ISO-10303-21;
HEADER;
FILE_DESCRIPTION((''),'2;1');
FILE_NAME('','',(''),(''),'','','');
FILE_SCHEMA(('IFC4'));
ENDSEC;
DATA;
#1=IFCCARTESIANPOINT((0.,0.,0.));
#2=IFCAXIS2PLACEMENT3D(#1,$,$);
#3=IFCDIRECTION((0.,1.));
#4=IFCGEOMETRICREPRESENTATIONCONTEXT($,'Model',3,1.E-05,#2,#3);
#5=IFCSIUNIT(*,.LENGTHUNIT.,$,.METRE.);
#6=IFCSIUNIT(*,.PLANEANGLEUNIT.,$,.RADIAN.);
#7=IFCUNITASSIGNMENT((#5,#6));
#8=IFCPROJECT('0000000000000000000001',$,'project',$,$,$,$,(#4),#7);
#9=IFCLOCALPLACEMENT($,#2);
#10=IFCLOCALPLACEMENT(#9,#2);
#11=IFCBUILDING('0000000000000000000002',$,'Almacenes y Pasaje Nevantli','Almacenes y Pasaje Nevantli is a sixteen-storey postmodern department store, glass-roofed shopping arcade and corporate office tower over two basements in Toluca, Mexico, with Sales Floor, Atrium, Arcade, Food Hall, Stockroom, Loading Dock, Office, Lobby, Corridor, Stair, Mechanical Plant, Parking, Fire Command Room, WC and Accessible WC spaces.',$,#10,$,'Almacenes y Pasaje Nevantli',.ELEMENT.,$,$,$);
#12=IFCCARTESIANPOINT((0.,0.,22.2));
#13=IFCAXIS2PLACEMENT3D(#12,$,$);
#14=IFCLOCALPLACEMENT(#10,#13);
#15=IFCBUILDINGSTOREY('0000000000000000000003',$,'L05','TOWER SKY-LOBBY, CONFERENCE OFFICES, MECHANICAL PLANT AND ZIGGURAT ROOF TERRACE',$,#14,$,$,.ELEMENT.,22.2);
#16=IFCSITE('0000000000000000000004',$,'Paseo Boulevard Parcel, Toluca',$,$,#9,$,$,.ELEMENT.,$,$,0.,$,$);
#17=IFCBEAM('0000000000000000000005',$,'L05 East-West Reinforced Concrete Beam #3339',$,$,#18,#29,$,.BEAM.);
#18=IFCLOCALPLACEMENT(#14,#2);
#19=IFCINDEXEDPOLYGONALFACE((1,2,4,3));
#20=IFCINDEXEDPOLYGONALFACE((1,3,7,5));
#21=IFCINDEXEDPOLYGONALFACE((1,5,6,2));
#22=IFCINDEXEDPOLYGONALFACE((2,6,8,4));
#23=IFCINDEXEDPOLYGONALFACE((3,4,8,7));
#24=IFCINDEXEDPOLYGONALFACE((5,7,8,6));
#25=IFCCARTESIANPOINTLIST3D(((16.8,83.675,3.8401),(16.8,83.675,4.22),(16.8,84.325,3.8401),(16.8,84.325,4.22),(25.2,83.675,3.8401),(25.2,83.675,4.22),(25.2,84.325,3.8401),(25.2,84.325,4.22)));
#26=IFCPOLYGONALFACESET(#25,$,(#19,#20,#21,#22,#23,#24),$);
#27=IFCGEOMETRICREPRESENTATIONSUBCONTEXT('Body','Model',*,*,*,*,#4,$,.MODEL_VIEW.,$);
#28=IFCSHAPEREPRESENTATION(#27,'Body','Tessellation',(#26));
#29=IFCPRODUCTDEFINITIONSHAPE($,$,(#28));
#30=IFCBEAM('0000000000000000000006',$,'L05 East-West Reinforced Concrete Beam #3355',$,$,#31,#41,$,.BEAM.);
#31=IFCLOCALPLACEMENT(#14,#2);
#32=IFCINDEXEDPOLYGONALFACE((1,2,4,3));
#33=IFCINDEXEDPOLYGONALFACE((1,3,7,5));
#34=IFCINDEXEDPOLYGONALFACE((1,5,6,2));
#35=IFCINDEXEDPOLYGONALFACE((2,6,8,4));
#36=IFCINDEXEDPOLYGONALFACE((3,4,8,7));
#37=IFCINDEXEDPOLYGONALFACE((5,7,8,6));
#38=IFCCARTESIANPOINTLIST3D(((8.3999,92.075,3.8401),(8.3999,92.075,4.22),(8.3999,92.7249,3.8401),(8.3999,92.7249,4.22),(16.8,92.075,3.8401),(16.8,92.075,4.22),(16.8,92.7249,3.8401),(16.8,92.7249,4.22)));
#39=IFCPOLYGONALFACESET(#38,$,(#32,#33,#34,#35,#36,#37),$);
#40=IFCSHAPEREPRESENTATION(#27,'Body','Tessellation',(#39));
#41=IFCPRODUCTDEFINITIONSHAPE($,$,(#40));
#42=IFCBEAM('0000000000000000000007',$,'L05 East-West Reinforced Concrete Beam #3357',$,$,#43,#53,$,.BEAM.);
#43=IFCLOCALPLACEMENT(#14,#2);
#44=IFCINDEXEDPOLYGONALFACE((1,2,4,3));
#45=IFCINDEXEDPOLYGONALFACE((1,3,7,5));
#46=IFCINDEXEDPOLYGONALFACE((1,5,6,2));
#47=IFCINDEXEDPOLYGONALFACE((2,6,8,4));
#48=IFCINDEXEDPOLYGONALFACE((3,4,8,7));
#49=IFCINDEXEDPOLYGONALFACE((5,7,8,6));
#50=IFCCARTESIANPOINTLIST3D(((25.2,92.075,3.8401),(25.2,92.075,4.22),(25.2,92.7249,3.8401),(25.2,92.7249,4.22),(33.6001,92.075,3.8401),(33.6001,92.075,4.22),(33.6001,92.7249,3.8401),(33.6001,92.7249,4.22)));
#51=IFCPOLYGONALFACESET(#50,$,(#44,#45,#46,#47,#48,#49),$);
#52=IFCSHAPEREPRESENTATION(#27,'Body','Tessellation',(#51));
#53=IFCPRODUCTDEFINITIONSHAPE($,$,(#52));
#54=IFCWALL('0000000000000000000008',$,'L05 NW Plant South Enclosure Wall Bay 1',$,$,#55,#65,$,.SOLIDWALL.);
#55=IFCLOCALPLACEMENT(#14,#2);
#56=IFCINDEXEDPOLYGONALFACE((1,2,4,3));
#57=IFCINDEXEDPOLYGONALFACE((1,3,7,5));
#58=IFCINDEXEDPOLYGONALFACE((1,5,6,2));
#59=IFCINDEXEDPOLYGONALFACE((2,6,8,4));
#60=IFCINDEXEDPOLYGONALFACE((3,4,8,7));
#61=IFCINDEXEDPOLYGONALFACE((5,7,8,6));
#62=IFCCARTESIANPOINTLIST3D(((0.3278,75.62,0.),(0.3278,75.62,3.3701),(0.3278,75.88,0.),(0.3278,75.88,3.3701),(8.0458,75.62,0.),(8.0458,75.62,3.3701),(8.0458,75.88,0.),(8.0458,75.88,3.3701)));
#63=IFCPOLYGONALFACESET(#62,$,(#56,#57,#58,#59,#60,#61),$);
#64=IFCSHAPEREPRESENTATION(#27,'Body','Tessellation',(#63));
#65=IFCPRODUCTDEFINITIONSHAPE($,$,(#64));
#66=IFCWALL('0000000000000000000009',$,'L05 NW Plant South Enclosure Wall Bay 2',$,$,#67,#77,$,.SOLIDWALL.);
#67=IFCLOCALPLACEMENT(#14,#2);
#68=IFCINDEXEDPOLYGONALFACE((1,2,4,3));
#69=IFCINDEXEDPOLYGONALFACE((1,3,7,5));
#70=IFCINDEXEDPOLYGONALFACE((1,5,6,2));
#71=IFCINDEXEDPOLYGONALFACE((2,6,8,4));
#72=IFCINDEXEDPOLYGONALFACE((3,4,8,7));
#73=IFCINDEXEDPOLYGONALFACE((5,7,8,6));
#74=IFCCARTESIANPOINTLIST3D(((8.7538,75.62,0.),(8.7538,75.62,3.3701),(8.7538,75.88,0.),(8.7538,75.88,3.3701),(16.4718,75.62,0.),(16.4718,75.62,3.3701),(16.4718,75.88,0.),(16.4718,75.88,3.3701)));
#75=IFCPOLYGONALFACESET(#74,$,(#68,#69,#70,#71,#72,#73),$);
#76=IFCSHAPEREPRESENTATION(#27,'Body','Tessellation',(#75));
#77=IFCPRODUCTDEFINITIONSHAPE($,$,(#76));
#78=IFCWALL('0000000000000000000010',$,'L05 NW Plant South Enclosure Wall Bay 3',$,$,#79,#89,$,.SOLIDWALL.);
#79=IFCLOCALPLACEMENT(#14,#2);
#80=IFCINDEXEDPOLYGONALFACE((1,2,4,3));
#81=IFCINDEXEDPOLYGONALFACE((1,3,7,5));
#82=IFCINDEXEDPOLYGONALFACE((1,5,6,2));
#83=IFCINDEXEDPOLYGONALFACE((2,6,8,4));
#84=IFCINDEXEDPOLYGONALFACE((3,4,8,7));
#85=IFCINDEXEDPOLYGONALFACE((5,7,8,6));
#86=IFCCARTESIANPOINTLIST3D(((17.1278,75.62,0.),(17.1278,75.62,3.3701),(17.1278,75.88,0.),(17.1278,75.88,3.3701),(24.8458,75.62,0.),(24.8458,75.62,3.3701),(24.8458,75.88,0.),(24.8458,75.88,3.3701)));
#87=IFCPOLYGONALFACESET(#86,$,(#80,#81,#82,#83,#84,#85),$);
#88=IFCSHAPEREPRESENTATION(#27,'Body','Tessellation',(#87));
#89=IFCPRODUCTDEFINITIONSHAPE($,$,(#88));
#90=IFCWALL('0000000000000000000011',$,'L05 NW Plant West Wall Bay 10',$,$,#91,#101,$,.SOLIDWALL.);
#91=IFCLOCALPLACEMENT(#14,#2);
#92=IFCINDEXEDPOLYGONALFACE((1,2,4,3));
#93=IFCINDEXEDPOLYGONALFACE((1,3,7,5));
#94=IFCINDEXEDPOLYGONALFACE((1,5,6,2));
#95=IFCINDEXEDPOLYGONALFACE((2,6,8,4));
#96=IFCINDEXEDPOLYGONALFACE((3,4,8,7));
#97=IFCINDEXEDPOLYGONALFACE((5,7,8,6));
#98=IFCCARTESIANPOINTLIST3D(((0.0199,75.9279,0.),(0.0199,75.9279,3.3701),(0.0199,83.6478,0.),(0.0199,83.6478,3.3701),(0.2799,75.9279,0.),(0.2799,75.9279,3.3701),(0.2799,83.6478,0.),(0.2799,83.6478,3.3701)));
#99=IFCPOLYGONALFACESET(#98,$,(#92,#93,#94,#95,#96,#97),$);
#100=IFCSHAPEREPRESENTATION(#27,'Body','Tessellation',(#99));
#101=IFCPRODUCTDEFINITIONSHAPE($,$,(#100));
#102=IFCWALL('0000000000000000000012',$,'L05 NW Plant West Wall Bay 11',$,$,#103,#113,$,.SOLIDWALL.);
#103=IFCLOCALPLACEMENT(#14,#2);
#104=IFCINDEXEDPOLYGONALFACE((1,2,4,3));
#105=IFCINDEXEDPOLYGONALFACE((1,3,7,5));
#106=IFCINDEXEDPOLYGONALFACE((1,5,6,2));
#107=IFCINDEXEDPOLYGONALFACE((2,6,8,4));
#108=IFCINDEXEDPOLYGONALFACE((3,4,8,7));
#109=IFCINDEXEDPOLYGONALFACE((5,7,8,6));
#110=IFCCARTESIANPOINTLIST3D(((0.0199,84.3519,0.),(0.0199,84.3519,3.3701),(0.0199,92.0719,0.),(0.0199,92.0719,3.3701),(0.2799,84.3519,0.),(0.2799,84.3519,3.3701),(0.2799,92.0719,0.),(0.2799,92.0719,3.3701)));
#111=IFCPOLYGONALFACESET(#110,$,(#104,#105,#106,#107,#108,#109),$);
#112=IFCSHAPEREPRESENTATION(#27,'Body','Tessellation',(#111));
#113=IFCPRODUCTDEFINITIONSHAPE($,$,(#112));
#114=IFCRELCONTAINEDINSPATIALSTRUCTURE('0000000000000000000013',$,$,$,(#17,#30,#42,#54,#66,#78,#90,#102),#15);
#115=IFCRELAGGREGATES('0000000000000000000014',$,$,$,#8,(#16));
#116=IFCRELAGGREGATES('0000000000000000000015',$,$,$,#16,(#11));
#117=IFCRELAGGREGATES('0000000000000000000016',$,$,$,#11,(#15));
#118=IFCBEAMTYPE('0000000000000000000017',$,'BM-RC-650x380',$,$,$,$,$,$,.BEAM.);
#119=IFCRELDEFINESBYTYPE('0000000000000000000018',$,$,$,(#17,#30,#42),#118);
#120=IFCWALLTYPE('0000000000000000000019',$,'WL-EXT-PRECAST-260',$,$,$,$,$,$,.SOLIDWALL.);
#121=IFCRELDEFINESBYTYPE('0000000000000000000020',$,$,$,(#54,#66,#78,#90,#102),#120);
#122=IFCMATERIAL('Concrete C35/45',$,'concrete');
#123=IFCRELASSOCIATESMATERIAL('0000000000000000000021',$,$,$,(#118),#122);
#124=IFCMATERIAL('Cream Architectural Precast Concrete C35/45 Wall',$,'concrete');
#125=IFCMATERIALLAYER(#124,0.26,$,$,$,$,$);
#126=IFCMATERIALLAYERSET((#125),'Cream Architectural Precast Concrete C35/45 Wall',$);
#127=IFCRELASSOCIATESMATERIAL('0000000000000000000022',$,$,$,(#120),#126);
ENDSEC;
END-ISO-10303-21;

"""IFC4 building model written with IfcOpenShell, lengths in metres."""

from ifc_helpers import new_model, si_unit, direction, frame, frame_2d, origin, origin_2d, place, context, subcontext, project, spatial, rectangle, extrude, material, layer, layer_set, material_profile, profile_set, type_object, element, save


model = new_model("IFC4")

# Units and contexts
model_context = context("Model", 3, precision=1e-05, world=origin(), true_north=direction((0.0, 1.0)))
body_context = subcontext(model_context, "Body", "Model", "MODEL_VIEW")
ifc_project = project(units=[si_unit("LENGTHUNIT", "METRE"), si_unit("PLANEANGLEUNIT", "RADIAN")], contexts=[model_context])

# Site, building, storey
site_placement = place(None, origin())
site = spatial("IfcSite", under=ifc_project, at=site_placement, Name="Paseo Boulevard Parcel, Toluca", CompositionType="ELEMENT", RefElevation=0.0)
building_placement = place(site_placement, origin())
building = spatial("IfcBuilding", under=site, at=building_placement, Name="Almacenes y Pasaje Nevantli", Description="Almacenes y Pasaje Nevantli is a sixteen-storey postmodern department store, glass-roofed shopping arcade and corporate office tower over two basements in Toluca, Mexico, with Sales Floor, Atrium, Arcade, Food Hall, Stockroom, Loading Dock, Office, Lobby, Corridor, Stair, Mechanical Plant, Parking, Fire Command Room, WC and Accessible WC spaces.", LongName="Almacenes y Pasaje Nevantli", CompositionType="ELEMENT")
storey_placement = place(building_placement, frame((0.0, 0.0, 22.2)))
storey = spatial("IfcBuildingStorey", under=building, at=storey_placement, Name="L05", Description="TOWER SKY-LOBBY, CONFERENCE OFFICES, MECHANICAL PLANT AND ZIGGURAT ROOF TERRACE", CompositionType="ELEMENT", Elevation=22.2)

# Beams
ifc_material_1 = material(Name="Concrete C35/45", Category="concrete")
ifc_material_profile_1 = material_profile(ifc_material_1, rectangle(XDim=0.6499, YDim=0.3799, at=origin_2d()), Name="RC-BM-650x380")
ifc_profile_set_1 = profile_set([ifc_material_profile_1], Name="Concrete C35/45")
beam_type_1 = type_object("IfcBeamType", Name="BM-RC-650x380", PredefinedType="BEAM", material=ifc_profile_set_1)
for number, where, z_axis, x_axis, name in (
    (1, (16.8, 84.0, 4.03), (1.0, 0.0, 0.0), (0.0, 1.0, 0.0), "L05 East-West Reinforced Concrete Beam #3339"),
):
    element("IfcBeam", number, at=place(storey_placement, frame(where, z_axis=z_axis, x_axis=x_axis)), inside=storey, type_object=beam_type_1, Name=name, PredefinedType="BEAM", context=body_context, shape_type="SweptSolid", body=[
        extrude(rectangle(XDim=0.6499, YDim=0.3799, at=origin_2d()), origin(), (0.0, 0.0, 1.0), 8.3999),
    ])
for number, where, z_axis, x_axis, name in (
    (2, (8.3999, 92.3999, 4.03), (1.0, 0.0, 0.0), (0.0, 1.0, 0.0), "L05 East-West Reinforced Concrete Beam #3355"),
    (3, (25.2, 92.3999, 4.03), (1.0, 0.0, 0.0), (0.0, 1.0, 0.0), "L05 East-West Reinforced Concrete Beam #3357"),
):
    element("IfcBeam", number, at=place(storey_placement, frame(where, z_axis=z_axis, x_axis=x_axis)), inside=storey, type_object=beam_type_1, Name=name, PredefinedType="BEAM", context=body_context, shape_type="SweptSolid", body=[
        extrude(rectangle(XDim=0.6499, YDim=0.3799, at=origin_2d()), origin(), (0.0, 0.0, 1.0), 8.4001),
    ])

# Walls
ifc_material_2 = material(Name="Cream Architectural Precast Concrete C35/45 Wall", Category="concrete")
ifc_layer = layer(ifc_material_2, 0.26)
ifc_layer_set = layer_set([ifc_layer], Name="Cream Architectural Precast Concrete C35/45 Wall")
wall_type = type_object("IfcWallType", Name="WL-EXT-PRECAST-260", PredefinedType="SOLIDWALL", material=ifc_layer_set)
for number, where, z_axis, x_axis, name in (
    (4, (0.3279, 75.75, 0.0), (0.0, 0.0, 1.0), (1.0, 0.0, 0.0), "L05 NW Plant South Enclosure Wall Bay 1"),
    (5, (8.7539, 75.75, 0.0), (0.0, 0.0, 1.0), (1.0, 0.0, 0.0), "L05 NW Plant South Enclosure Wall Bay 2"),
    (6, (17.1279, 75.75, 0.0), (0.0, 0.0, 1.0), (1.0, 0.0, 0.0), "L05 NW Plant South Enclosure Wall Bay 3"),
):
    element("IfcWall", number, at=place(storey_placement, frame(where, z_axis=z_axis, x_axis=x_axis)), inside=storey, type_object=wall_type, Name=name, PredefinedType="SOLIDWALL", context=body_context, shape_type="SweptSolid", body=[
        extrude(rectangle(XDim=7.718, YDim=0.26, at=frame_2d((3.8589, 0.0))), origin(), (0.0, 0.0, 1.0), 3.3701),
    ])
for number, where, z_axis, x_axis, name in (
    (7, (0.1499, 75.928, 0.0), (0.0, 0.0, 1.0), (0.0, 1.0, 0.0), "L05 NW Plant West Wall Bay 10"),
    (8, (0.1499, 84.3521, 0.0), (0.0, 0.0, 1.0), (0.0, 1.0, 0.0), "L05 NW Plant West Wall Bay 11"),
):
    element("IfcWall", number, at=place(storey_placement, frame(where, z_axis=z_axis, x_axis=x_axis)), inside=storey, type_object=wall_type, Name=name, PredefinedType="SOLIDWALL", context=body_context, shape_type="SweptSolid", body=[
        extrude(rectangle(XDim=7.72, YDim=0.26, at=frame_2d((3.8599, 0.0))), origin(), (0.0, 0.0, 1.0), 3.3701),
    ])

save(model, "model.ifc")
